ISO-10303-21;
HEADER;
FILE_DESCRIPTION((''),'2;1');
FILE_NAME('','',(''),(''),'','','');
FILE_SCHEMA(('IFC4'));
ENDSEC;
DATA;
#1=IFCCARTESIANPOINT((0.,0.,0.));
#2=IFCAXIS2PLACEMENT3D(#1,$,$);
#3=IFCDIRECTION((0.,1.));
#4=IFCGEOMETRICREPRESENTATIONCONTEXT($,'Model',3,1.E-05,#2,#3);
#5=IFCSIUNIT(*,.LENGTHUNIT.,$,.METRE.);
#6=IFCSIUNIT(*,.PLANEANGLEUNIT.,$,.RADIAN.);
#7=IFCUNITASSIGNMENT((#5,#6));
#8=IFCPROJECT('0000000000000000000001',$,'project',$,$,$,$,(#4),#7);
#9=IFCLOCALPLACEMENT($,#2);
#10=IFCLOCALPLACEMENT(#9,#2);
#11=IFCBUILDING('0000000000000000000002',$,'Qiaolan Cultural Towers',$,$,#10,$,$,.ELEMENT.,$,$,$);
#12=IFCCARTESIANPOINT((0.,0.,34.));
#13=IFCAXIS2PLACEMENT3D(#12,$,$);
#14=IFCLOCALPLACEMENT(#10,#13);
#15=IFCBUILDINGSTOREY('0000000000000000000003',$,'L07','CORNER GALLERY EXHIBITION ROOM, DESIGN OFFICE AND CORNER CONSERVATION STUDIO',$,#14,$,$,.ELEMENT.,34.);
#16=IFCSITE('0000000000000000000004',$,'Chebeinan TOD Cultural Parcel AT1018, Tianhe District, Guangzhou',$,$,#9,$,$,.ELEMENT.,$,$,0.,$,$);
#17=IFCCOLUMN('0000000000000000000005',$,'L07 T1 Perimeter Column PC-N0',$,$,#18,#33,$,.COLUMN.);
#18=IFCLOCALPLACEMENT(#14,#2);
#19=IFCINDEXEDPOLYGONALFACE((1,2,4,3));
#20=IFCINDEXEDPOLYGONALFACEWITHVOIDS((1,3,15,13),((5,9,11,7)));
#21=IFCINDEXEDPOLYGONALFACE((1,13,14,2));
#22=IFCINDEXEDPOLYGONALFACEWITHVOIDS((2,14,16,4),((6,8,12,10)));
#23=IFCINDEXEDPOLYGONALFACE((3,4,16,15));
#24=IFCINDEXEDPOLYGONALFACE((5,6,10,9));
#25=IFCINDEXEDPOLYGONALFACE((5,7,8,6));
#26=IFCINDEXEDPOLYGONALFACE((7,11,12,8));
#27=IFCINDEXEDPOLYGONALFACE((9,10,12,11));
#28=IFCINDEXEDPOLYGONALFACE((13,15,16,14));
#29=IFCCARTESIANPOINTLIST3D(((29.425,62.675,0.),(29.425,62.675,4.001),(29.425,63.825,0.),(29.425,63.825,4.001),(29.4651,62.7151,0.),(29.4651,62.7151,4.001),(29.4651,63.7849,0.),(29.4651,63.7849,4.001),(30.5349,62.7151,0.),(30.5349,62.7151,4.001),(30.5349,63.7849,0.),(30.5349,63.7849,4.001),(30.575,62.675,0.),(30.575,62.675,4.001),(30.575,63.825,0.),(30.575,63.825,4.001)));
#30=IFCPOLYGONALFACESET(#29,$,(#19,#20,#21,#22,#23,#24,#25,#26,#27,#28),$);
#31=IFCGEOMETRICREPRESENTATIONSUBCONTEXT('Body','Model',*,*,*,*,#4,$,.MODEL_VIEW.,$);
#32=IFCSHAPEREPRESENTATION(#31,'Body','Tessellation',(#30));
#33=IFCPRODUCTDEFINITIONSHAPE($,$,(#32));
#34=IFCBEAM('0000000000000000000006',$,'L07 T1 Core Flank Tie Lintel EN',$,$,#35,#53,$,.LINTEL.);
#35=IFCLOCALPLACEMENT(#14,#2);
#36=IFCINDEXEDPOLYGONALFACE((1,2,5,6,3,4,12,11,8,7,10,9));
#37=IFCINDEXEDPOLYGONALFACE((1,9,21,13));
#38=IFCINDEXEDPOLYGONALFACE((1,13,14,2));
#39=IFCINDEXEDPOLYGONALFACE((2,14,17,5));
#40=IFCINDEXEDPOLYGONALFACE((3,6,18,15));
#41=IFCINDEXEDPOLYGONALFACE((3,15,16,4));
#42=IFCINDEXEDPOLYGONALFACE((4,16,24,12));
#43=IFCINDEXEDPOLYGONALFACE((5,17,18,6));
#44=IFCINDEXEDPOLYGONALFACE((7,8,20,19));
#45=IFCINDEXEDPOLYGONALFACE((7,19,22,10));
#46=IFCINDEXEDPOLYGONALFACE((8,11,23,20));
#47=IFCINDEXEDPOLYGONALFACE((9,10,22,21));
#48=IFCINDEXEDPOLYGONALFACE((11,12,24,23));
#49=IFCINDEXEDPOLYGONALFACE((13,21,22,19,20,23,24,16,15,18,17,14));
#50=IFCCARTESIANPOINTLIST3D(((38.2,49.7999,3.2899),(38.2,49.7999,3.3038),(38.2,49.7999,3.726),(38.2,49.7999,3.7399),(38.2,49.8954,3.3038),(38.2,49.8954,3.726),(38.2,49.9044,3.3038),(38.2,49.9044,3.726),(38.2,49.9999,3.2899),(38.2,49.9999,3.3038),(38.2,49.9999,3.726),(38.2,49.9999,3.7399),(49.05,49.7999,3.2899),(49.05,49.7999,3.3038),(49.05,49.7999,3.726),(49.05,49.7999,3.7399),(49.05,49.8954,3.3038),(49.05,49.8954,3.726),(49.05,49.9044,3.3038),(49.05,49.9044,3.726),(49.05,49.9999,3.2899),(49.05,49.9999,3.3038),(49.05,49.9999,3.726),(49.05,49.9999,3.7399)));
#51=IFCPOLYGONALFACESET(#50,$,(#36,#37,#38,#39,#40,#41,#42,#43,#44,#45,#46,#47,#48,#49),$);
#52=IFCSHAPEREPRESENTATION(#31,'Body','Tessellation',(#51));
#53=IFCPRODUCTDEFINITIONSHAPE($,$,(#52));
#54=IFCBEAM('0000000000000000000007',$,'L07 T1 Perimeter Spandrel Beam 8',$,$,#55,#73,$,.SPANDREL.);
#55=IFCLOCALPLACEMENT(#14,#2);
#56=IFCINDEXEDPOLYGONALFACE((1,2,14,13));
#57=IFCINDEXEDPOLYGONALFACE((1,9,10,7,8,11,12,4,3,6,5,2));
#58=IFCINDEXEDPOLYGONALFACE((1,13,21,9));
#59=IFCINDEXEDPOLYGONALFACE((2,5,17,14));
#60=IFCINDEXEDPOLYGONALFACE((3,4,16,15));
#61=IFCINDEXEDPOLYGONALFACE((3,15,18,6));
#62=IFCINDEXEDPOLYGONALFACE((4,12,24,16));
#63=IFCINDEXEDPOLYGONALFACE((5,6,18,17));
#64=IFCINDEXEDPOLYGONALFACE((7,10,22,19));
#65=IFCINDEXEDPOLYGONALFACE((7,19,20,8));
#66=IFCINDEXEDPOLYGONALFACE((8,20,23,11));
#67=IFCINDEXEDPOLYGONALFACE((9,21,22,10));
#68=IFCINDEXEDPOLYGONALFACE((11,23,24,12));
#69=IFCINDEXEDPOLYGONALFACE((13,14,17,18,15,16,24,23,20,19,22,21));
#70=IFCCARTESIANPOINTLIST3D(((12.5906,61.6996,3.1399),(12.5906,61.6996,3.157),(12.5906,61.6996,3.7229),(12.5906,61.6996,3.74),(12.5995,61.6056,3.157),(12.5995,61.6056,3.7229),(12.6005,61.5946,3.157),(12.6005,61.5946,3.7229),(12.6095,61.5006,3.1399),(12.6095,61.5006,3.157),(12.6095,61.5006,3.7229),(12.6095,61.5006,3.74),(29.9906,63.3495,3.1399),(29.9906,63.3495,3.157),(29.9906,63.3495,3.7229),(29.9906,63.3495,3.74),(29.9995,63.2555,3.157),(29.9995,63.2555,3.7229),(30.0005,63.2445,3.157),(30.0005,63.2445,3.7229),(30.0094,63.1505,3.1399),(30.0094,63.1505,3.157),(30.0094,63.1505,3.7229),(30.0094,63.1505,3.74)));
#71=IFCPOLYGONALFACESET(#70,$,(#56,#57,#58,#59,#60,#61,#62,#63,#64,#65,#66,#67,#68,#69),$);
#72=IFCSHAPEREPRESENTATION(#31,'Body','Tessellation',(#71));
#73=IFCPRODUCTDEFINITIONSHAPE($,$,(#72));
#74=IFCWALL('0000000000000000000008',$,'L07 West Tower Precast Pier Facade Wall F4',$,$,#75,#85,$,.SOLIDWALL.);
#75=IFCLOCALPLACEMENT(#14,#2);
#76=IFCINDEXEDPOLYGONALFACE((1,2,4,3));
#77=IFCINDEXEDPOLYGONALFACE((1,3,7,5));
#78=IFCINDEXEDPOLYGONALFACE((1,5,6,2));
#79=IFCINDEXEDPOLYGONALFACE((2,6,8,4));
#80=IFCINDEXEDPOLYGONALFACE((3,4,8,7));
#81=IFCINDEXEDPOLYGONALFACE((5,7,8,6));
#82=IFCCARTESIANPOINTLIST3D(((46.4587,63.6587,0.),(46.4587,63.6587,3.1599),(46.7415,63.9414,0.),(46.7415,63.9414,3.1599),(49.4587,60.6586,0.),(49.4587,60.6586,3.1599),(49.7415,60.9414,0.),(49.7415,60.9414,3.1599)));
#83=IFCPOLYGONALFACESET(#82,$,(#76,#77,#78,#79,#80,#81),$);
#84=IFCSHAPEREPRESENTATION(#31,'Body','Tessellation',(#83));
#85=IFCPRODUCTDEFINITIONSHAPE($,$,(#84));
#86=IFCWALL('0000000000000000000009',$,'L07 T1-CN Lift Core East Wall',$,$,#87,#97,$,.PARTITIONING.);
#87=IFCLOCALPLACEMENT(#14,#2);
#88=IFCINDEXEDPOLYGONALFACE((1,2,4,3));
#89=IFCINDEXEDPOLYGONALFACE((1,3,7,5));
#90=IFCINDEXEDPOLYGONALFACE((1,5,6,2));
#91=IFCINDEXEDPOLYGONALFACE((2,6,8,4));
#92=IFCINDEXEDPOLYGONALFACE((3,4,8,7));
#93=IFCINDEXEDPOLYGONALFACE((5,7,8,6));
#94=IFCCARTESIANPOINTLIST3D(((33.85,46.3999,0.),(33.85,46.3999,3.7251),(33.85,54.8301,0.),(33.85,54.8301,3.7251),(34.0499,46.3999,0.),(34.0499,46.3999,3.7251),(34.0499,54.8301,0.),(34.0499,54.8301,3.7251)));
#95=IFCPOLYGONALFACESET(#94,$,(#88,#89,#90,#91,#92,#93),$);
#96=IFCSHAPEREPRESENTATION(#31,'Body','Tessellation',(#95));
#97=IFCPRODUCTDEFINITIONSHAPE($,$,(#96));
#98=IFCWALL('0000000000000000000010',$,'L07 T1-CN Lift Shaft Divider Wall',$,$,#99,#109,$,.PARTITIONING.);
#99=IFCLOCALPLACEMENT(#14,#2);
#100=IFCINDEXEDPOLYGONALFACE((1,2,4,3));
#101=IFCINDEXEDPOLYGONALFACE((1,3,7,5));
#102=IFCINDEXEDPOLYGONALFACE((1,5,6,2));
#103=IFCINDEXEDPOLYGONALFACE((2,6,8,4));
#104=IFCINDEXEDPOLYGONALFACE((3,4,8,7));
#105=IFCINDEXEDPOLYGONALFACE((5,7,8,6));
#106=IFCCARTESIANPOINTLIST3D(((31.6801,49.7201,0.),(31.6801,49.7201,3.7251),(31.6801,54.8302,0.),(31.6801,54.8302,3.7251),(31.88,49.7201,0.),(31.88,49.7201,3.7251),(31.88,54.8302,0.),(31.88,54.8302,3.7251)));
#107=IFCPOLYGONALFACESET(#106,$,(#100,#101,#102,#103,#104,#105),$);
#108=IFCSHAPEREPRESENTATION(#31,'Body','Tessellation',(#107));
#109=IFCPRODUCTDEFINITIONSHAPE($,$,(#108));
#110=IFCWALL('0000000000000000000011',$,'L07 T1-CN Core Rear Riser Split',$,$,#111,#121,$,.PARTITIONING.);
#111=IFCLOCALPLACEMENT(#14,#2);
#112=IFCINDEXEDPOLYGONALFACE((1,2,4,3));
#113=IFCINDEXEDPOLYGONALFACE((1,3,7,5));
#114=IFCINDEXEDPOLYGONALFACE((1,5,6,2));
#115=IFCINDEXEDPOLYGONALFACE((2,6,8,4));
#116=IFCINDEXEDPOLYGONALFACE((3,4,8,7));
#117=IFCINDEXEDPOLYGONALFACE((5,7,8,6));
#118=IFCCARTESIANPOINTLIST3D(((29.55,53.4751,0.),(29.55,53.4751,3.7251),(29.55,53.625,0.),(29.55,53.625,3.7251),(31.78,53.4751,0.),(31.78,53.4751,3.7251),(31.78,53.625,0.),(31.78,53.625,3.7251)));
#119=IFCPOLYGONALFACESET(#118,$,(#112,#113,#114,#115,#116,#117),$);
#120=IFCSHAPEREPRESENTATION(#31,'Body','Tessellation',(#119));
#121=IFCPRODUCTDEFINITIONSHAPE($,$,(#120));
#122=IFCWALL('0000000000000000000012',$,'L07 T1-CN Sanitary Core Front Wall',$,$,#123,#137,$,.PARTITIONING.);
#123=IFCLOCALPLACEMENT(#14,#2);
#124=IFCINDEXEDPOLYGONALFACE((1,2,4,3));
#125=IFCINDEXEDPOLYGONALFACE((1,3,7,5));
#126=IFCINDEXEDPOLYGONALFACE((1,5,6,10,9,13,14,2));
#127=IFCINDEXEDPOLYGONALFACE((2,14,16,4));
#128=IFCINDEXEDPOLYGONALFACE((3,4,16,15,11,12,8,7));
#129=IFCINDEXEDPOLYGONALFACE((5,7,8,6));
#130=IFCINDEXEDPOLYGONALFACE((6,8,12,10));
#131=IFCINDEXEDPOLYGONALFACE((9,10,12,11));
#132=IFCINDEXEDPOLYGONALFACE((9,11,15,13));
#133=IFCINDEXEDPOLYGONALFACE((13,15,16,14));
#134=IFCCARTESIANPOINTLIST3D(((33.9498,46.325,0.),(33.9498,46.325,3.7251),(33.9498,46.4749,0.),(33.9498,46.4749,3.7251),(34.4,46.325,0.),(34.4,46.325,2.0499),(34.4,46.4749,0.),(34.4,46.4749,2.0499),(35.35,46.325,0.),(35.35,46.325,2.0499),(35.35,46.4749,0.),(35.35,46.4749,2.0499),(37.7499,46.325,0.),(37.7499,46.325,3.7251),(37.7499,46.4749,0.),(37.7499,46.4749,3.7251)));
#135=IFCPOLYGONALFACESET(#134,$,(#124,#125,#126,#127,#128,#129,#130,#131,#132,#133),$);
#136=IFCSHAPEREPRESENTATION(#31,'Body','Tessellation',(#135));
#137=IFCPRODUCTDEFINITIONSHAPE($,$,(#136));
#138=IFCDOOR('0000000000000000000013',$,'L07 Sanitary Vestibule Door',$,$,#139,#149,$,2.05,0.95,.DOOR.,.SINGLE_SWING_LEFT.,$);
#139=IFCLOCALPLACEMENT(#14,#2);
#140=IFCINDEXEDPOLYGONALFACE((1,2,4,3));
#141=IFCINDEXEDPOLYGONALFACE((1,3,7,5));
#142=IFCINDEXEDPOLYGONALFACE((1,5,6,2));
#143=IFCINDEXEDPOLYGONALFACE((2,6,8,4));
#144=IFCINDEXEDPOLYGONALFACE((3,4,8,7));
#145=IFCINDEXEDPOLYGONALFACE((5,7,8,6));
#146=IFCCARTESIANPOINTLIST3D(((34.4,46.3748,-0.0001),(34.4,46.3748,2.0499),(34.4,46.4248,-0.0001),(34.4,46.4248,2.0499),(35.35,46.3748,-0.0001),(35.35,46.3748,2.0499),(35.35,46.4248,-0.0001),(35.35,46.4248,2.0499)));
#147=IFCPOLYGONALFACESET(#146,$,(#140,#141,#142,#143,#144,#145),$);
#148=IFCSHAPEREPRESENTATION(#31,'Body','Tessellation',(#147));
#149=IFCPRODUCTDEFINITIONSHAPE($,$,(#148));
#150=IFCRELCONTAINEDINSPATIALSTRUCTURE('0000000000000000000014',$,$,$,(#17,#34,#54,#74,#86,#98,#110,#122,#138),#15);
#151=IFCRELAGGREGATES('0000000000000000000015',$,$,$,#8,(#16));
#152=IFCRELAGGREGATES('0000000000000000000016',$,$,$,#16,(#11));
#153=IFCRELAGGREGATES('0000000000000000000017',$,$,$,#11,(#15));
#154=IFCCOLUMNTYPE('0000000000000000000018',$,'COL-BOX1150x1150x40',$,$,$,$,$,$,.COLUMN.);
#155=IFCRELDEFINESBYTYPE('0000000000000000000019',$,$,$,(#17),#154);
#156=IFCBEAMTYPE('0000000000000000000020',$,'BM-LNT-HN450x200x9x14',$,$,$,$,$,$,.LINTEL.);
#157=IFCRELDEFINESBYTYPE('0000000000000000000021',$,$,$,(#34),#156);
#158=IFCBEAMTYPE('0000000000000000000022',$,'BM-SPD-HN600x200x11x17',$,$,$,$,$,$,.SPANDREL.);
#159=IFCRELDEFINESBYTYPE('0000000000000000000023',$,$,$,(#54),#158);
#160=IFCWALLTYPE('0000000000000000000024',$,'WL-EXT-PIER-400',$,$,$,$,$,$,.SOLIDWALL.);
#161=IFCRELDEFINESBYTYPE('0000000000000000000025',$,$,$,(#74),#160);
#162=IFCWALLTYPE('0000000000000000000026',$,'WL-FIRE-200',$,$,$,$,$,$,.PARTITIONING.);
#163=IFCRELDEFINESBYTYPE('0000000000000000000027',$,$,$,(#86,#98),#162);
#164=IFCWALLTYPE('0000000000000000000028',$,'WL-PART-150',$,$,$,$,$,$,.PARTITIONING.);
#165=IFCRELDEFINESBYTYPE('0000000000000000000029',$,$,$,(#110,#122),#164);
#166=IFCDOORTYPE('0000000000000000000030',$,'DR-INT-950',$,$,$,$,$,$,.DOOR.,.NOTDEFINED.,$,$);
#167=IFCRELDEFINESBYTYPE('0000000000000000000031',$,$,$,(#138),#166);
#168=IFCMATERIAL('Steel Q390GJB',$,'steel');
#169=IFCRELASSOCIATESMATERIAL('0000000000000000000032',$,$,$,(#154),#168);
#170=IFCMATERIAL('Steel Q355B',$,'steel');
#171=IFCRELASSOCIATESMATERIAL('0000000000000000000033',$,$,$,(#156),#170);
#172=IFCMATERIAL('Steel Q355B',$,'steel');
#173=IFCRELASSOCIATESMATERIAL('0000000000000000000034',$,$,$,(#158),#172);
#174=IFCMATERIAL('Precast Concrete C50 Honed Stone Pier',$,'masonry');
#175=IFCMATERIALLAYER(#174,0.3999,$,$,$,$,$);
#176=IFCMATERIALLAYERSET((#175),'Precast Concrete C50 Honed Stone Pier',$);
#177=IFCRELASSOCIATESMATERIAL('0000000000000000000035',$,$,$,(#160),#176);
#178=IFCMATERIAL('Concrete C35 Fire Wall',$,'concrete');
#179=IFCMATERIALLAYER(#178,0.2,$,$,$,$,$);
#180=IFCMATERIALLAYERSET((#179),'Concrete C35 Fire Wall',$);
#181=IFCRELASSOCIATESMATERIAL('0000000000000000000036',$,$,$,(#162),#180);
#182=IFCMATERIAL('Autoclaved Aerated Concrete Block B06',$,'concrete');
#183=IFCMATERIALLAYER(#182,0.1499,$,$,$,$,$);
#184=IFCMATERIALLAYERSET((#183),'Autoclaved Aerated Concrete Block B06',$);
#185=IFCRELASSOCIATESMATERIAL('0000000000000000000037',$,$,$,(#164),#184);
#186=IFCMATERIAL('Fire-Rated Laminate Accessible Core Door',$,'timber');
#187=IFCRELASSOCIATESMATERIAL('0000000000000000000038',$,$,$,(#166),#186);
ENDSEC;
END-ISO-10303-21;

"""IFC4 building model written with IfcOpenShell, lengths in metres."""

from ifc_helpers import new_model, si_unit, direction, frame, frame_2d, origin, origin_2d, place, context, subcontext, project, spatial, rectangle, hollow_rectangle, i_section, extrude, material, layer, layer_set, material_profile, profile_set, type_object, element, fill, save


model = new_model("IFC4")

# Units and contexts
model_context = context("Model", 3, precision=1e-05, world=origin(), true_north=direction((0.0, 1.0)))
body_context = subcontext(model_context, "Body", "Model", "MODEL_VIEW")
ifc_project = project(units=[si_unit("LENGTHUNIT", "METRE"), si_unit("PLANEANGLEUNIT", "RADIAN")], contexts=[model_context])

# Site, building, storey
site_placement = place(None, origin())
site = spatial("IfcSite", under=ifc_project, at=site_placement, Name="Chebeinan TOD Cultural Parcel AT1018, Tianhe District, Guangzhou", CompositionType="ELEMENT", RefElevation=0.0)
building_placement = place(site_placement, origin())
building = spatial("IfcBuilding", under=site, at=building_placement, Name="Qiaolan Cultural Towers", CompositionType="ELEMENT")
storey_placement = place(building_placement, frame((0.0, 0.0, 34.0)))
storey = spatial("IfcBuildingStorey", under=building, at=storey_placement, Name="L07", Description="CORNER GALLERY EXHIBITION ROOM, DESIGN OFFICE AND CORNER CONSERVATION STUDIO", CompositionType="ELEMENT", Elevation=34.0)

# Column
ifc_material_1 = material(Name="Steel Q390GJB", Category="steel")
ifc_material_profile_1 = material_profile(ifc_material_1, hollow_rectangle(XDim=1.1499, YDim=1.1499, WallThickness=0.04, at=origin_2d()), Name="BOX1150x1150x40")
ifc_profile_set_1 = profile_set([ifc_material_profile_1], Name="Steel Q390GJB")
column_type = type_object("IfcColumnType", Name="COL-BOX1150x1150x40", PredefinedType="COLUMN", material=ifc_profile_set_1)
column_placement = place(storey_placement, frame((30.0, 63.25, 0.0), z_axis=(0.0, 0.0, 1.0), x_axis=(1.0, 0.0, 0.0)))
element("IfcColumn", 1, at=column_placement, inside=storey, type_object=column_type, Name="L07 T1 Perimeter Column PC-N0", PredefinedType="COLUMN", context=body_context, shape_type="SweptSolid", body=[
    extrude(hollow_rectangle(XDim=1.1499, YDim=1.1499, WallThickness=0.04, at=origin_2d()), origin(), (0.0, 0.0, 1.0), 4.001),
])

# Beams
ifc_material_2 = material(Name="Steel Q355B", Category="steel")
ifc_material_profile_2 = material_profile(ifc_material_2, i_section(OverallWidth=0.2, OverallDepth=0.45, WebThickness=0.009, FlangeThickness=0.0139, at=origin_2d()), Name="HN450x200x9x14")
ifc_profile_set_2 = profile_set([ifc_material_profile_2], Name="Steel Q355B")
beam_type_1 = type_object("IfcBeamType", Name="BM-LNT-HN450x200x9x14", PredefinedType="LINTEL", material=ifc_profile_set_2)
beam_1_placement = place(storey_placement, frame((38.2, 49.8999, 3.5149), z_axis=(1.0, 0.0, 0.0), x_axis=(0.0, 1.0, 0.0)))
element("IfcBeam", 2, at=beam_1_placement, inside=storey, type_object=beam_type_1, Name="L07 T1 Core Flank Tie Lintel EN", PredefinedType="LINTEL", context=body_context, shape_type="SweptSolid", body=[
    extrude(i_section(OverallWidth=0.2, OverallDepth=0.45, WebThickness=0.009, FlangeThickness=0.0139, at=origin_2d()), origin(), (0.0, 0.0, 1.0), 10.8501),
])
ifc_material_3 = material(Name="Steel Q355B", Category="steel")
ifc_material_profile_3 = material_profile(ifc_material_3, i_section(OverallWidth=0.2, OverallDepth=0.6001, WebThickness=0.011, FlangeThickness=0.0171, at=origin_2d()), Name="HN600x200x11x17")
ifc_profile_set_3 = profile_set([ifc_material_profile_3], Name="Steel Q355B")
beam_type_2 = type_object("IfcBeamType", Name="BM-SPD-HN600x200x11x17", PredefinedType="SPANDREL", material=ifc_profile_set_3)
beam_2_placement = place(storey_placement, frame((30.0, 63.25, 3.4399), z_axis=(-0.995534, -0.094399, 0.0), x_axis=(0.094399, -0.995534, 0.0)))
element("IfcBeam", 3, at=beam_2_placement, inside=storey, type_object=beam_type_2, Name="L07 T1 Perimeter Spandrel Beam 8", PredefinedType="SPANDREL", context=body_context, shape_type="SweptSolid", body=[
    extrude(i_section(OverallWidth=0.2, OverallDepth=0.6001, WebThickness=0.011, FlangeThickness=0.0171, at=origin_2d()), origin(), (0.0, 0.0, 1.0), 17.478),
])

# Walls
ifc_material_4 = material(Name="Precast Concrete C50 Honed Stone Pier", Category="masonry")
ifc_layer_1 = layer(ifc_material_4, 0.3999)
ifc_layer_set_1 = layer_set([ifc_layer_1], Name="Precast Concrete C50 Honed Stone Pier")
wall_type_1 = type_object("IfcWallType", Name="WL-EXT-PIER-400", PredefinedType="SOLIDWALL", material=ifc_layer_set_1)
wall_1_placement = place(storey_placement, frame((46.6001, 63.8, 0.0), z_axis=(0.0, 0.0, 1.0), x_axis=(0.707107, -0.707107, 0.0)))
element("IfcWall", 4, at=wall_1_placement, inside=storey, type_object=wall_type_1, Name="L07 West Tower Precast Pier Facade Wall F4", PredefinedType="SOLIDWALL", context=body_context, shape_type="SweptSolid", body=[
    extrude(rectangle(XDim=4.2427, YDim=0.3999, at=frame_2d((2.1213, 0.0))), origin(), (0.0, 0.0, 1.0), 3.1599),
])
ifc_material_5 = material(Name="Concrete C35 Fire Wall", Category="concrete")
ifc_layer_2 = layer(ifc_material_5, 0.2)
ifc_layer_set_2 = layer_set([ifc_layer_2], Name="Concrete C35 Fire Wall")
wall_type_2 = type_object("IfcWallType", Name="WL-FIRE-200", PredefinedType="PARTITIONING", material=ifc_layer_set_2)
wall_2_placement = place(storey_placement, frame((33.95, 46.3999, 0.0), z_axis=(0.0, 0.0, 1.0), x_axis=(0.0, 1.0, 0.0)))
element("IfcWall", 5, at=wall_2_placement, inside=storey, type_object=wall_type_2, Name="L07 T1-CN Lift Core East Wall", PredefinedType="PARTITIONING", context=body_context, shape_type="SweptSolid", body=[
    extrude(rectangle(XDim=8.4302, YDim=0.2, at=frame_2d((4.2151, 0.0))), origin(), (0.0, 0.0, 1.0), 3.7251),
])
wall_3_placement = place(storey_placement, frame((31.78, 49.72, 0.0), z_axis=(0.0, 0.0, 1.0), x_axis=(0.0, 1.0, 0.0)))
element("IfcWall", 6, at=wall_3_placement, inside=storey, type_object=wall_type_2, Name="L07 T1-CN Lift Shaft Divider Wall", PredefinedType="PARTITIONING", context=body_context, shape_type="SweptSolid", body=[
    extrude(rectangle(XDim=5.1101, YDim=0.2, at=frame_2d((2.5552, 0.0))), origin(), (0.0, 0.0, 1.0), 3.7251),
])
ifc_material_6 = material(Name="Autoclaved Aerated Concrete Block B06", Category="concrete")
ifc_layer_3 = layer(ifc_material_6, 0.1499)
ifc_layer_set_3 = layer_set([ifc_layer_3], Name="Autoclaved Aerated Concrete Block B06")
wall_type_3 = type_object("IfcWallType", Name="WL-PART-150", PredefinedType="PARTITIONING", material=ifc_layer_set_3)
wall_4_placement = place(storey_placement, frame((29.55, 53.55, 0.0), z_axis=(0.0, 0.0, 1.0), x_axis=(1.0, 0.0, 0.0)))
element("IfcWall", 7, at=wall_4_placement, inside=storey, type_object=wall_type_3, Name="L07 T1-CN Core Rear Riser Split", PredefinedType="PARTITIONING", context=body_context, shape_type="SweptSolid", body=[
    extrude(rectangle(XDim=2.23, YDim=0.1499, at=frame_2d((1.115, 0.0))), origin(), (0.0, 0.0, 1.0), 3.7251),
])

# Wall, opening, door
wall_5_placement = place(storey_placement, frame((33.95, 46.3999, 0.0), z_axis=(0.0, 0.0, 1.0), x_axis=(1.0, 0.0, 0.0)))
wall_5 = element("IfcWall", 8, at=wall_5_placement, inside=storey, type_object=wall_type_3, Name="L07 T1-CN Sanitary Core Front Wall", PredefinedType="PARTITIONING", context=body_context, shape_type="SweptSolid", body=[
    extrude(rectangle(XDim=3.8, YDim=0.1499, at=frame_2d((1.8999, 0.0))), origin(), (0.0, 0.0, 1.0), 3.7251),
])
opening_1_placement = place(wall_5_placement, frame((0.45, 0.0, 0.0)))
opening_1 = element("IfcOpeningElement", 9, at=opening_1_placement, cuts=wall_5, PredefinedType="OPENING", context=body_context, shape_type="SweptSolid", body=[
    extrude(rectangle(XDim=0.95, YDim=2.05, at=frame_2d((0.4751, 1.0249))), frame((0.0, 0.085, 0.0), z_axis=(0.0, -1.0, 0.0), x_axis=(1.0, 0.0, 0.0)), (0.0, 0.0, 1.0), 0.1699),
])
ifc_material_7 = material(Name="Fire-Rated Laminate Accessible Core Door", Category="timber")
door_type_1 = type_object("IfcDoorType", Name="DR-INT-950", OperationType="NOTDEFINED", PredefinedType="DOOR", material=ifc_material_7)
door_1_placement = place(opening_1_placement, origin())
door_1 = element("IfcDoor", 10, at=door_1_placement, inside=storey, type_object=door_type_1, Name="L07 Sanitary Vestibule Door", OperationType="SINGLE_SWING_LEFT", OverallHeight=2.05, OverallWidth=0.95, PredefinedType="DOOR", context=body_context, shape_type="SweptSolid", body=[
    extrude(rectangle(XDim=0.95, YDim=2.05, at=frame_2d((0.4751, 1.0249))), frame((0.0, 0.0249, 0.0), z_axis=(0.0, -1.0, 0.0), x_axis=(1.0, 0.0, 0.0)), (0.0, 0.0, 1.0), 0.05),
])
fill(opening_1, door_1)

save(model, "model.ifc")
